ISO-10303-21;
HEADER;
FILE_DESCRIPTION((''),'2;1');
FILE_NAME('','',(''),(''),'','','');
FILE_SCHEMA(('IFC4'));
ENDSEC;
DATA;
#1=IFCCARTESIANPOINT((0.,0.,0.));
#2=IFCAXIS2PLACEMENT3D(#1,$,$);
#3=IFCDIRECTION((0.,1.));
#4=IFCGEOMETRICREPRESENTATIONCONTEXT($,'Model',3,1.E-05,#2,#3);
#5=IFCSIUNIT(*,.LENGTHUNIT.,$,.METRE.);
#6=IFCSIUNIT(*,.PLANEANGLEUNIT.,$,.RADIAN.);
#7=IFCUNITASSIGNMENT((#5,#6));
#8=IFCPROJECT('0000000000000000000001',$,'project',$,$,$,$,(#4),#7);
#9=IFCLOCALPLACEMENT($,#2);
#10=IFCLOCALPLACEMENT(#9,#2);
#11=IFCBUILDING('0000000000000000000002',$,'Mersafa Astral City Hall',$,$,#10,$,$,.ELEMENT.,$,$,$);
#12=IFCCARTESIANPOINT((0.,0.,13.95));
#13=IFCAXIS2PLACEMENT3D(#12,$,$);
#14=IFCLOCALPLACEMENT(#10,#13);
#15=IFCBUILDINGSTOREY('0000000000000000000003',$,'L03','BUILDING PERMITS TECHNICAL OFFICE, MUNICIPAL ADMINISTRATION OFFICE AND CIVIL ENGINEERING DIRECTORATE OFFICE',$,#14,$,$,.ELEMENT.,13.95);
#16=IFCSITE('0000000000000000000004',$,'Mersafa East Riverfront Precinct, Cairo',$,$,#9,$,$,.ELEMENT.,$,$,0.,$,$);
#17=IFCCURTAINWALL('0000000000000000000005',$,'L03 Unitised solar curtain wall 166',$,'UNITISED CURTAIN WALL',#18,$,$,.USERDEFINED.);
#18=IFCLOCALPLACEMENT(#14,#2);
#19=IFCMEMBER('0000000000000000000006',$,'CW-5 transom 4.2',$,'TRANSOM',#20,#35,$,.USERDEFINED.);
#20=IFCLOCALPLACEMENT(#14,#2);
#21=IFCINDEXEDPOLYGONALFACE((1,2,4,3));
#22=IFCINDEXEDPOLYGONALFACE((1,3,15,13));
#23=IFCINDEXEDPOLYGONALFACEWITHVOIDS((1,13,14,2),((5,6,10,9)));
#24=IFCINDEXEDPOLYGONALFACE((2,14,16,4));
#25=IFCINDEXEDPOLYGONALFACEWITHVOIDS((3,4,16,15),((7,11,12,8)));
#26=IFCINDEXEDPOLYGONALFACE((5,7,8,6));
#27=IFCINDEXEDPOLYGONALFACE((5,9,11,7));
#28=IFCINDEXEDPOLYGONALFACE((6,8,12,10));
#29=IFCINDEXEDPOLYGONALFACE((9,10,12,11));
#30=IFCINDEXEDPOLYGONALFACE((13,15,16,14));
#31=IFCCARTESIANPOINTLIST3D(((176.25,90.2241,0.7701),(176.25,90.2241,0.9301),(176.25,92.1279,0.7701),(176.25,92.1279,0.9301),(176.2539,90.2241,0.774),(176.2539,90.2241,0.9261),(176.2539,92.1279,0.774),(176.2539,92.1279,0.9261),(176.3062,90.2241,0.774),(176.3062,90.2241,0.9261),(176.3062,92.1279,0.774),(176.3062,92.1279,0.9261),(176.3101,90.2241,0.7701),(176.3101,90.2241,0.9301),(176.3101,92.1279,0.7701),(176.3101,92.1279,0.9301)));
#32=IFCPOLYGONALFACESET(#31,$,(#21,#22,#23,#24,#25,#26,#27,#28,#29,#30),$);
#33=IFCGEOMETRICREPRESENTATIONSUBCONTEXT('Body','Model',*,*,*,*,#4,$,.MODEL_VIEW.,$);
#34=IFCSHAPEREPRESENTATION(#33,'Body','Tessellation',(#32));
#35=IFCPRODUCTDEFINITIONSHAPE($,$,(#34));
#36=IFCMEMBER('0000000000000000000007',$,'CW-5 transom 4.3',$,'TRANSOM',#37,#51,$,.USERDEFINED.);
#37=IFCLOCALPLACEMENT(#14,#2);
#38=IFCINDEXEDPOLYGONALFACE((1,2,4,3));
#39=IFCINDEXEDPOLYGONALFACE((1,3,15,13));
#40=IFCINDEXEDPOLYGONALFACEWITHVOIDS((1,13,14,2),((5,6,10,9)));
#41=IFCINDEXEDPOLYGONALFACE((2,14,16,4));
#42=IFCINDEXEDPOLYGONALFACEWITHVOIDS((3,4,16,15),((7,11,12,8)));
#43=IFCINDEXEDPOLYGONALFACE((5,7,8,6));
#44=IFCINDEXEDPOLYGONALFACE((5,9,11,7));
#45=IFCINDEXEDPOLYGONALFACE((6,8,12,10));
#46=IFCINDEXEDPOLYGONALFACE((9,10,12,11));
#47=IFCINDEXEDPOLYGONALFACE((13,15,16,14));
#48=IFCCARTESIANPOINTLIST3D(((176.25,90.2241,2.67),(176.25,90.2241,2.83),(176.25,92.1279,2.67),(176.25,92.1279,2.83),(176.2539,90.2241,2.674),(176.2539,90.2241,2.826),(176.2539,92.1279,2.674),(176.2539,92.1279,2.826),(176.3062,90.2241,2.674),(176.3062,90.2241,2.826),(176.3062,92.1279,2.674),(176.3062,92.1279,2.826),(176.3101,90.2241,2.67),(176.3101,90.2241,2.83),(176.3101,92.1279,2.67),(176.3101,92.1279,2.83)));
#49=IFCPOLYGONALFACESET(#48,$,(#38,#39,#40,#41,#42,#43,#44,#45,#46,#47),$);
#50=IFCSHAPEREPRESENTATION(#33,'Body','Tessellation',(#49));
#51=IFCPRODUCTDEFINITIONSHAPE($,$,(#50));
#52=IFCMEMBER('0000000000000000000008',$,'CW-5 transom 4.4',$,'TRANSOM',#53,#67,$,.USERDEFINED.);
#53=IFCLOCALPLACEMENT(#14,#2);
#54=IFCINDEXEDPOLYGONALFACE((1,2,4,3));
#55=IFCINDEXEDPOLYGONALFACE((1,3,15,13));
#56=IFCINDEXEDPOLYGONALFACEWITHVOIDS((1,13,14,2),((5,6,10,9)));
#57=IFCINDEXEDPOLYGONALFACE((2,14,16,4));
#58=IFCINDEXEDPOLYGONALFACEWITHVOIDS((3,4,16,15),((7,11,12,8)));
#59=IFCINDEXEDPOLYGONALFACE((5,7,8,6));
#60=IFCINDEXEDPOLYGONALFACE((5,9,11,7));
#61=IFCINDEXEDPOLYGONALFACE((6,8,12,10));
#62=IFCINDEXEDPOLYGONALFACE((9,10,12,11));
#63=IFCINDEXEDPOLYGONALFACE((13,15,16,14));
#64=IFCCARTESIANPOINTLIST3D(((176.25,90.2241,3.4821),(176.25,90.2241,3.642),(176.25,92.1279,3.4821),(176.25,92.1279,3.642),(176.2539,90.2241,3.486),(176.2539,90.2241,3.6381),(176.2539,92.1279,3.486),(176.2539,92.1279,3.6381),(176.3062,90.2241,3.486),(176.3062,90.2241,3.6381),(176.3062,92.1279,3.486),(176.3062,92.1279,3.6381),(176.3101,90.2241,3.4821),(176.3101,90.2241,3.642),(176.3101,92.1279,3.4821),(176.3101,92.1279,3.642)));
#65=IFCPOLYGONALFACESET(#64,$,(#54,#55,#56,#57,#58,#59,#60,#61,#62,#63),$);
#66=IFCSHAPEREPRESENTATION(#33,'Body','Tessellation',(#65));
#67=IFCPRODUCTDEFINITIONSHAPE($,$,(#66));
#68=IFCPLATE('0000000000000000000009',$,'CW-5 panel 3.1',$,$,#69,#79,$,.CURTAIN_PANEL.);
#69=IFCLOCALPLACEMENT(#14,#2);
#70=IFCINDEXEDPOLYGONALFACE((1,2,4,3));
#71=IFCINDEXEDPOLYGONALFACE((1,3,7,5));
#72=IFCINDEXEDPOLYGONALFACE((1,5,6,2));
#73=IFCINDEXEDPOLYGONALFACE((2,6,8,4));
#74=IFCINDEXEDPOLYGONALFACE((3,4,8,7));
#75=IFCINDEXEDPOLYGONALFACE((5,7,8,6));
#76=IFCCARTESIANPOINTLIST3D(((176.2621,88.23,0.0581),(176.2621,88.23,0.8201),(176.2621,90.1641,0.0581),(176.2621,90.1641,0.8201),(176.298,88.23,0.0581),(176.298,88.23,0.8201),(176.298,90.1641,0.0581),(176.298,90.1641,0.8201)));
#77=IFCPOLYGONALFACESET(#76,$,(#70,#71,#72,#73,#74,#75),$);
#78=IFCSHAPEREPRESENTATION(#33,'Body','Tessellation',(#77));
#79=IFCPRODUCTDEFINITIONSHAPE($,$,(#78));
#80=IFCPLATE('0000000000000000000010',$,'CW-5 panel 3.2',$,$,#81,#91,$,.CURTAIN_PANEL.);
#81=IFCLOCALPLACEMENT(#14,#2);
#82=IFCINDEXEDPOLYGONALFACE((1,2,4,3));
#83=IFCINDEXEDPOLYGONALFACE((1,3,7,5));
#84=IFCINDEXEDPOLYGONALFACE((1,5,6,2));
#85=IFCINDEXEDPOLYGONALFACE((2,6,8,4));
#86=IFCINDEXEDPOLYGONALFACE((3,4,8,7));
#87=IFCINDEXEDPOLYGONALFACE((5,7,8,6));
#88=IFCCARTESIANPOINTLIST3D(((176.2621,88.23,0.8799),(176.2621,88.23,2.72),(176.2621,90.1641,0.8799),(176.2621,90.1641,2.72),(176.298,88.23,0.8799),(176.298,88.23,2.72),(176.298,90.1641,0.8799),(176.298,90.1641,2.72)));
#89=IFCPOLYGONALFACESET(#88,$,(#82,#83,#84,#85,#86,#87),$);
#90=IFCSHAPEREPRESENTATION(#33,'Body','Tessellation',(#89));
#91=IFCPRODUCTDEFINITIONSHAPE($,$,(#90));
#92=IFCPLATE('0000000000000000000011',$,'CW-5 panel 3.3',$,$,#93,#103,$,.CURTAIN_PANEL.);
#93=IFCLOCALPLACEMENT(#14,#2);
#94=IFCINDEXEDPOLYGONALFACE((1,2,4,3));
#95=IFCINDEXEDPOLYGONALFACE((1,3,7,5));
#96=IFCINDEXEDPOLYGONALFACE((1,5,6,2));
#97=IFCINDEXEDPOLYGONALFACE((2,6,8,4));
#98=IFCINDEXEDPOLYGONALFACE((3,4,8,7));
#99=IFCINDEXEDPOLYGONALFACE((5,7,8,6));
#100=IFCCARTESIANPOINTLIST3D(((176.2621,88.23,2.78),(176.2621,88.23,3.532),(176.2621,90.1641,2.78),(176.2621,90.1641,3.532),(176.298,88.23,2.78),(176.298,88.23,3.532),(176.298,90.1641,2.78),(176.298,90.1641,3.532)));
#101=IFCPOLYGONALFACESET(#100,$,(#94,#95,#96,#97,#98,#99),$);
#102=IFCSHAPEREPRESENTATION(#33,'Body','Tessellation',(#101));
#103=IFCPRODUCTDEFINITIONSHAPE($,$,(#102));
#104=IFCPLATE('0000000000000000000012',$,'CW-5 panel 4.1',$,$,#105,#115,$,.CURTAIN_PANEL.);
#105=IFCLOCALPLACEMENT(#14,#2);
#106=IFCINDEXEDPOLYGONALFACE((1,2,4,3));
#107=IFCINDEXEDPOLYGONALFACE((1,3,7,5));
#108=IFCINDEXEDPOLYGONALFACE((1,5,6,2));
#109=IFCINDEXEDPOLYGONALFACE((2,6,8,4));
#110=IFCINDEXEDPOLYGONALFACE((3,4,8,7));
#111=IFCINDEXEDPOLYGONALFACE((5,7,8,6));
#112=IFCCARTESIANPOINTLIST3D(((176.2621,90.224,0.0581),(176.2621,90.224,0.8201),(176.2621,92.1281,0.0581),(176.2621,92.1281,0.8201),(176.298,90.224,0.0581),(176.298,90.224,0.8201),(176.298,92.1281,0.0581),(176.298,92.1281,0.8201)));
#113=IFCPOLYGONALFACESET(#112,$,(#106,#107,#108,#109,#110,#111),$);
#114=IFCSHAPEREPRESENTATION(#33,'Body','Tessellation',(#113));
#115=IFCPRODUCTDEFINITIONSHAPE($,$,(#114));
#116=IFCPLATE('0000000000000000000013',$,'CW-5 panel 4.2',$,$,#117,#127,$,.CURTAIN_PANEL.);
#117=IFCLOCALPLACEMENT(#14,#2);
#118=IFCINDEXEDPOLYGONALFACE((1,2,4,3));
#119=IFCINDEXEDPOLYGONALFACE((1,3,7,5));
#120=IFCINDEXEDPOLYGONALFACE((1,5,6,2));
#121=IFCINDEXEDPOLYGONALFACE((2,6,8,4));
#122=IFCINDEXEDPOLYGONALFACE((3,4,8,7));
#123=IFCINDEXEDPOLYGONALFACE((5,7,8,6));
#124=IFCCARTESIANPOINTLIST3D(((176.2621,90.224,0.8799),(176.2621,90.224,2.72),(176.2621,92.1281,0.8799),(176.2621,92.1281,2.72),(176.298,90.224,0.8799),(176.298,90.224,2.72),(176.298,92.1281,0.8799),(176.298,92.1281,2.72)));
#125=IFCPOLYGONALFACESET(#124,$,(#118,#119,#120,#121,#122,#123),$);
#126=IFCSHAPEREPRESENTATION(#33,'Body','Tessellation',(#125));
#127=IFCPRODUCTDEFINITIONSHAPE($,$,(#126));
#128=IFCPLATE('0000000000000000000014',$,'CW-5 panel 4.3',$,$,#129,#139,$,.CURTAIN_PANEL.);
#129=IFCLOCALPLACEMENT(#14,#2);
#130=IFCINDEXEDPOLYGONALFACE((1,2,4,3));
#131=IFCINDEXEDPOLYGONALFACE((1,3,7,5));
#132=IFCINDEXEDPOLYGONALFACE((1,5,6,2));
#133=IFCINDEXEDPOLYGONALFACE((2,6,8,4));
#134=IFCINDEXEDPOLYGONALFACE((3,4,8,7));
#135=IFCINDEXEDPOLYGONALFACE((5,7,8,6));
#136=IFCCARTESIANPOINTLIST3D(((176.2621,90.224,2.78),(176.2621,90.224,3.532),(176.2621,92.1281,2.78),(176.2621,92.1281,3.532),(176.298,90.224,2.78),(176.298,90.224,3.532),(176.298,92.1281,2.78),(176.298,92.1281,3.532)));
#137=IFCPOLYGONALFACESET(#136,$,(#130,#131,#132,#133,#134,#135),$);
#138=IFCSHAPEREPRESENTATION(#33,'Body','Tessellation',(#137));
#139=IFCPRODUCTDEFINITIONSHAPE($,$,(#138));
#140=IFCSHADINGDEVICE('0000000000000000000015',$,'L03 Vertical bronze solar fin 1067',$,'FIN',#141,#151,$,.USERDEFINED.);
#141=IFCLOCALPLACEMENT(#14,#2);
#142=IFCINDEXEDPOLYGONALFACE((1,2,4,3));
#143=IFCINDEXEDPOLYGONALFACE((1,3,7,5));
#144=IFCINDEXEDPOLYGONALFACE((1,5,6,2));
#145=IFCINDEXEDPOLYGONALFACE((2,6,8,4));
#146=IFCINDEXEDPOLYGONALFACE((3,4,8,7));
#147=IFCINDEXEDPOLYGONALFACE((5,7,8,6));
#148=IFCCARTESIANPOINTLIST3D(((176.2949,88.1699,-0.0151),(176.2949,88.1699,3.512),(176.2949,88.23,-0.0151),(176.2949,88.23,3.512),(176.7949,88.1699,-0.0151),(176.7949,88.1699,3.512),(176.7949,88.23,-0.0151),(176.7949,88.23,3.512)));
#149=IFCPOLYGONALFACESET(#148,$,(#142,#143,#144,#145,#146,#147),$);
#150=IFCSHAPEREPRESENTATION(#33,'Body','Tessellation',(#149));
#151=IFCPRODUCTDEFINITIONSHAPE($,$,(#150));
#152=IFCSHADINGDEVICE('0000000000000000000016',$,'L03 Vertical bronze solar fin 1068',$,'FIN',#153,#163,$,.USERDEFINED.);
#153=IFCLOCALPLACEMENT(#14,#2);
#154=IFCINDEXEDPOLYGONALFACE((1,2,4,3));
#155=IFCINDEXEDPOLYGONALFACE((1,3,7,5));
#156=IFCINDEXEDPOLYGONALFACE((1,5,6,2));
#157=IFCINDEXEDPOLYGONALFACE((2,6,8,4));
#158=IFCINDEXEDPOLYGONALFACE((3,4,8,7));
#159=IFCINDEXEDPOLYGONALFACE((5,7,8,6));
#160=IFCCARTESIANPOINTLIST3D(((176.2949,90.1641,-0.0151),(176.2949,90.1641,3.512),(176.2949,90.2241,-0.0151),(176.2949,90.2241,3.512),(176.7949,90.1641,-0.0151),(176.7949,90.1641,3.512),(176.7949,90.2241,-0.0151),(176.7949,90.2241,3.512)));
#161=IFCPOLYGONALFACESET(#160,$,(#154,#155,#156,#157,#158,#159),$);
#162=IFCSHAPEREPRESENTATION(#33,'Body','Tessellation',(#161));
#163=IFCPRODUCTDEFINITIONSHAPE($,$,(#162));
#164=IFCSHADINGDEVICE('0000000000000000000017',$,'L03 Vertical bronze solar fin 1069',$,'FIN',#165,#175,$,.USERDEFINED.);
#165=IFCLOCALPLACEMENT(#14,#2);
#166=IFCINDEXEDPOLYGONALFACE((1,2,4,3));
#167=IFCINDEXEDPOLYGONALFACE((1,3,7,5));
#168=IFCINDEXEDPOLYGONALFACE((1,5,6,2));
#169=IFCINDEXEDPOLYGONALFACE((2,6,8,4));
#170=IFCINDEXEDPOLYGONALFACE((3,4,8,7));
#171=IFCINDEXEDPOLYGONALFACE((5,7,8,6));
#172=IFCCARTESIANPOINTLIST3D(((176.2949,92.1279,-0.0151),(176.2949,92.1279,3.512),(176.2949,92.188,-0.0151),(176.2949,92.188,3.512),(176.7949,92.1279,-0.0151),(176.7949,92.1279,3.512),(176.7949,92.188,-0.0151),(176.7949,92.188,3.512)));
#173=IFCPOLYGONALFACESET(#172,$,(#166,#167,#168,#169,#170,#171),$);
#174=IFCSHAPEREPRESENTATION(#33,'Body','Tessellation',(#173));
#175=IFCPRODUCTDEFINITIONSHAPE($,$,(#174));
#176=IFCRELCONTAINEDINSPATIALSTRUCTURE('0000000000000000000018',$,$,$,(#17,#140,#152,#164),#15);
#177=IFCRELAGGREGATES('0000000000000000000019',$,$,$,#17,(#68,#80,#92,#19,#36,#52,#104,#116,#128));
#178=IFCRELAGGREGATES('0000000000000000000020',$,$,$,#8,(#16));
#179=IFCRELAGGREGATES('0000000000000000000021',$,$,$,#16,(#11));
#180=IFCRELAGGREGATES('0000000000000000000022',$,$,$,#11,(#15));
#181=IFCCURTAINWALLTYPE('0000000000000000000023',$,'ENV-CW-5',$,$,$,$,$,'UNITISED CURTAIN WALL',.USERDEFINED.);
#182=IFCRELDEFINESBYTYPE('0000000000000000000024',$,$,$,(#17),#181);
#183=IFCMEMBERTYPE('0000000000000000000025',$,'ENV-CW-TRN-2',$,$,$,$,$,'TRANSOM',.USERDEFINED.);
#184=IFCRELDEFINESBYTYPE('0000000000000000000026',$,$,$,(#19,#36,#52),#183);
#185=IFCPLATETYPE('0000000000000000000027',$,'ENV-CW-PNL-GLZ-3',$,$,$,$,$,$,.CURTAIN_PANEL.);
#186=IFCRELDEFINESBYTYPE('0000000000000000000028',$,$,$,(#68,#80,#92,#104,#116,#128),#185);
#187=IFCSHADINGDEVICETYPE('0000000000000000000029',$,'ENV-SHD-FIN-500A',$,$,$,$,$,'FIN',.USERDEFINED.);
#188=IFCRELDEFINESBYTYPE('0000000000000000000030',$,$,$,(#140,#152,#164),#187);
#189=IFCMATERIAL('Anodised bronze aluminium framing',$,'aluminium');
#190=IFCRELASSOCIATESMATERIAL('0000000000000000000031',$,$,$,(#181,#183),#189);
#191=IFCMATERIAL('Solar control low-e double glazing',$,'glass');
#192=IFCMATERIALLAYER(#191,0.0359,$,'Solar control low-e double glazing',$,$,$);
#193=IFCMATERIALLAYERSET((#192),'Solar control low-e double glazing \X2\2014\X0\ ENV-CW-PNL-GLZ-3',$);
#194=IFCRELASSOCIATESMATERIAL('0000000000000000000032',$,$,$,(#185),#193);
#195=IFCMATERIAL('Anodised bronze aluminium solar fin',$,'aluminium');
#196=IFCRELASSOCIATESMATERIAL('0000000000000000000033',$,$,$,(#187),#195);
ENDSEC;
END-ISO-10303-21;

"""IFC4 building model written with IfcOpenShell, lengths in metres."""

from ifc_helpers import new_model, si_unit, direction, frame, origin, origin_2d, place, context, subcontext, project, spatial, rectangle, hollow_rectangle, extrude, material, layer, layer_set, material_profile, profile_set, type_object, element, aggregate, save


model = new_model("IFC4")

# Units and contexts
model_context = context("Model", 3, precision=1e-05, world=origin(), true_north=direction((0.0, 1.0)))
body_context = subcontext(model_context, "Body", "Model", "MODEL_VIEW")
ifc_project = project(units=[si_unit("LENGTHUNIT", "METRE"), si_unit("PLANEANGLEUNIT", "RADIAN")], contexts=[model_context])

# Site, building, storey
site_placement = place(None, origin())
site = spatial("IfcSite", under=ifc_project, at=site_placement, Name="Mersafa East Riverfront Precinct, Cairo", CompositionType="ELEMENT", RefElevation=0.0)
building_placement = place(site_placement, origin())
building = spatial("IfcBuilding", under=site, at=building_placement, Name="Mersafa Astral City Hall", CompositionType="ELEMENT")
storey_placement = place(building_placement, frame((0.0, 0.0, 13.95)))
storey = spatial("IfcBuildingStorey", under=building, at=storey_placement, Name="L03", Description="BUILDING PERMITS TECHNICAL OFFICE, MUNICIPAL ADMINISTRATION OFFICE AND CIVIL ENGINEERING DIRECTORATE OFFICE", CompositionType="ELEMENT", Elevation=13.95)

# Curtain wall, members, plates
ifc_material_1 = material(Name="Anodised bronze aluminium framing", Category="aluminium")
curtain_wall_type = type_object("IfcCurtainWallType", Name="ENV-CW-5", ElementType="UNITISED CURTAIN WALL", PredefinedType="USERDEFINED", material=ifc_material_1)
curtain_wall_placement = place(storey_placement, origin())
curtain_wall = element("IfcCurtainWall", 1, at=curtain_wall_placement, inside=storey, type_object=curtain_wall_type, Name="L03 Unitised solar curtain wall 166", ObjectType="UNITISED CURTAIN WALL", PredefinedType="USERDEFINED")
ifc_material_profile_1 = material_profile(ifc_material_1, hollow_rectangle(XDim=0.0601, YDim=0.1599, WallThickness=0.0039, at=origin_2d()), Name="RHS 60x160x4")
ifc_profile_set_1 = profile_set([ifc_material_profile_1], Name="Anodised bronze aluminium framing")
member_type_1 = type_object("IfcMemberType", Name="ENV-CW-TRN-2", ElementType="TRANSOM", PredefinedType="USERDEFINED", material=ifc_profile_set_1)
member_1_placement = place(storey_placement, frame((176.28, 90.2241, 0.8501), z_axis=(0.0, 1.0, 0.0), x_axis=(-1.0, 0.0, 0.0)))
member_1 = element("IfcMember", 2, at=member_1_placement, type_object=member_type_1, Name="CW-5 transom 4.2", ObjectType="TRANSOM", PredefinedType="USERDEFINED", context=body_context, shape_type="SweptSolid", body=[
    extrude(hollow_rectangle(XDim=0.0601, YDim=0.1599, WallThickness=0.0039, at=origin_2d()), origin(), (0.0, 0.0, 1.0), 1.9038),
])
member_2_placement = place(storey_placement, frame((176.28, 90.2241, 2.75), z_axis=(0.0, 1.0, 0.0), x_axis=(-1.0, 0.0, 0.0)))
member_2 = element("IfcMember", 3, at=member_2_placement, type_object=member_type_1, Name="CW-5 transom 4.3", ObjectType="TRANSOM", PredefinedType="USERDEFINED", context=body_context, shape_type="SweptSolid", body=[
    extrude(hollow_rectangle(XDim=0.0601, YDim=0.1599, WallThickness=0.0039, at=origin_2d()), origin(), (0.0, 0.0, 1.0), 1.9038),
])
member_3_placement = place(storey_placement, frame((176.28, 90.2241, 3.562), z_axis=(0.0, 1.0, 0.0), x_axis=(-1.0, 0.0, 0.0)))
member_3 = element("IfcMember", 4, at=member_3_placement, type_object=member_type_1, Name="CW-5 transom 4.4", ObjectType="TRANSOM", PredefinedType="USERDEFINED", context=body_context, shape_type="SweptSolid", body=[
    extrude(hollow_rectangle(XDim=0.0601, YDim=0.1599, WallThickness=0.0039, at=origin_2d()), origin(), (0.0, 0.0, 1.0), 1.9038),
])
ifc_material_2 = material(Name="Solar control low-e double glazing", Category="glass")
ifc_layer = layer(ifc_material_2, 0.0359, Name="Solar control low-e double glazing")
ifc_layer_set = layer_set([ifc_layer], Name="Solar control low-e double glazing — ENV-CW-PNL-GLZ-3")
plate_type = type_object("IfcPlateType", Name="ENV-CW-PNL-GLZ-3", PredefinedType="CURTAIN_PANEL", material=ifc_layer_set)
plate_1_placement = place(storey_placement, frame((176.28, 89.197, 0.0581), z_axis=(0.0, 0.0, 1.0), x_axis=(0.0, 1.0, 0.0)))
plate_1 = element("IfcPlate", 5, at=plate_1_placement, type_object=plate_type, Name="CW-5 panel 3.1", PredefinedType="CURTAIN_PANEL", context=body_context, shape_type="SweptSolid", body=[
    extrude(rectangle(XDim=1.9341, YDim=0.0359, at=origin_2d()), origin(), (0.0, 0.0, 1.0), 0.762),
])
plate_2_placement = place(storey_placement, frame((176.28, 89.197, 0.8799), z_axis=(0.0, 0.0, 1.0), x_axis=(0.0, 1.0, 0.0)))
plate_2 = element("IfcPlate", 6, at=plate_2_placement, type_object=plate_type, Name="CW-5 panel 3.2", PredefinedType="CURTAIN_PANEL", context=body_context, shape_type="SweptSolid", body=[
    extrude(rectangle(XDim=1.9341, YDim=0.0359, at=origin_2d()), origin(), (0.0, 0.0, 1.0), 1.8401),
])
plate_3_placement = place(storey_placement, frame((176.28, 89.197, 2.78), z_axis=(0.0, 0.0, 1.0), x_axis=(0.0, 1.0, 0.0)))
plate_3 = element("IfcPlate", 7, at=plate_3_placement, type_object=plate_type, Name="CW-5 panel 3.3", PredefinedType="CURTAIN_PANEL", context=body_context, shape_type="SweptSolid", body=[
    extrude(rectangle(XDim=1.9341, YDim=0.0359, at=origin_2d()), origin(), (0.0, 0.0, 1.0), 0.752),
])
plate_4_placement = place(storey_placement, frame((176.28, 91.176, 0.0581), z_axis=(0.0, 0.0, 1.0), x_axis=(0.0, 1.0, 0.0)))
plate_4 = element("IfcPlate", 8, at=plate_4_placement, type_object=plate_type, Name="CW-5 panel 4.1", PredefinedType="CURTAIN_PANEL", context=body_context, shape_type="SweptSolid", body=[
    extrude(rectangle(XDim=1.9041, YDim=0.0359, at=origin_2d()), origin(), (0.0, 0.0, 1.0), 0.762),
])
plate_5_placement = place(storey_placement, frame((176.28, 91.176, 0.8799), z_axis=(0.0, 0.0, 1.0), x_axis=(0.0, 1.0, 0.0)))
plate_5 = element("IfcPlate", 9, at=plate_5_placement, type_object=plate_type, Name="CW-5 panel 4.2", PredefinedType="CURTAIN_PANEL", context=body_context, shape_type="SweptSolid", body=[
    extrude(rectangle(XDim=1.9041, YDim=0.0359, at=origin_2d()), origin(), (0.0, 0.0, 1.0), 1.8401),
])
plate_6_placement = place(storey_placement, frame((176.28, 91.176, 2.78), z_axis=(0.0, 0.0, 1.0), x_axis=(0.0, 1.0, 0.0)))
plate_6 = element("IfcPlate", 10, at=plate_6_placement, type_object=plate_type, Name="CW-5 panel 4.3", PredefinedType="CURTAIN_PANEL", context=body_context, shape_type="SweptSolid", body=[
    extrude(rectangle(XDim=1.9041, YDim=0.0359, at=origin_2d()), origin(), (0.0, 0.0, 1.0), 0.752),
])
aggregate(curtain_wall, [plate_1, plate_2, plate_3, member_1, member_2, member_3, plate_4, plate_5, plate_6])

# Shading devices
ifc_material_3 = material(Name="Anodised bronze aluminium solar fin", Category="aluminium")
shading_device_type = type_object("IfcShadingDeviceType", Name="ENV-SHD-FIN-500A", ElementType="FIN", PredefinedType="USERDEFINED", material=ifc_material_3)
for number, where, z_axis, x_axis, name in (
    (11, (176.5449, 88.2, -0.0151), (0.0, 0.0, 1.0), (0.0, 1.0, 0.0), "L03 Vertical bronze solar fin 1067"),
    (12, (176.5449, 90.1941, -0.0151), (0.0, 0.0, 1.0), (0.0, 1.0, 0.0), "L03 Vertical bronze solar fin 1068"),
    (13, (176.5449, 92.158, -0.0151), (0.0, 0.0, 1.0), (0.0, 1.0, 0.0), "L03 Vertical bronze solar fin 1069"),
):
    element("IfcShadingDevice", number, at=place(storey_placement, frame(where, z_axis=z_axis, x_axis=x_axis)), inside=storey, type_object=shading_device_type, Name=name, ObjectType="FIN", PredefinedType="USERDEFINED", context=body_context, shape_type="SweptSolid", body=[
        extrude(rectangle(XDim=0.0601, YDim=0.5, at=origin_2d()), origin(), (0.0, 0.0, 1.0), 3.5271),
    ])

save(model, "model.ifc")
